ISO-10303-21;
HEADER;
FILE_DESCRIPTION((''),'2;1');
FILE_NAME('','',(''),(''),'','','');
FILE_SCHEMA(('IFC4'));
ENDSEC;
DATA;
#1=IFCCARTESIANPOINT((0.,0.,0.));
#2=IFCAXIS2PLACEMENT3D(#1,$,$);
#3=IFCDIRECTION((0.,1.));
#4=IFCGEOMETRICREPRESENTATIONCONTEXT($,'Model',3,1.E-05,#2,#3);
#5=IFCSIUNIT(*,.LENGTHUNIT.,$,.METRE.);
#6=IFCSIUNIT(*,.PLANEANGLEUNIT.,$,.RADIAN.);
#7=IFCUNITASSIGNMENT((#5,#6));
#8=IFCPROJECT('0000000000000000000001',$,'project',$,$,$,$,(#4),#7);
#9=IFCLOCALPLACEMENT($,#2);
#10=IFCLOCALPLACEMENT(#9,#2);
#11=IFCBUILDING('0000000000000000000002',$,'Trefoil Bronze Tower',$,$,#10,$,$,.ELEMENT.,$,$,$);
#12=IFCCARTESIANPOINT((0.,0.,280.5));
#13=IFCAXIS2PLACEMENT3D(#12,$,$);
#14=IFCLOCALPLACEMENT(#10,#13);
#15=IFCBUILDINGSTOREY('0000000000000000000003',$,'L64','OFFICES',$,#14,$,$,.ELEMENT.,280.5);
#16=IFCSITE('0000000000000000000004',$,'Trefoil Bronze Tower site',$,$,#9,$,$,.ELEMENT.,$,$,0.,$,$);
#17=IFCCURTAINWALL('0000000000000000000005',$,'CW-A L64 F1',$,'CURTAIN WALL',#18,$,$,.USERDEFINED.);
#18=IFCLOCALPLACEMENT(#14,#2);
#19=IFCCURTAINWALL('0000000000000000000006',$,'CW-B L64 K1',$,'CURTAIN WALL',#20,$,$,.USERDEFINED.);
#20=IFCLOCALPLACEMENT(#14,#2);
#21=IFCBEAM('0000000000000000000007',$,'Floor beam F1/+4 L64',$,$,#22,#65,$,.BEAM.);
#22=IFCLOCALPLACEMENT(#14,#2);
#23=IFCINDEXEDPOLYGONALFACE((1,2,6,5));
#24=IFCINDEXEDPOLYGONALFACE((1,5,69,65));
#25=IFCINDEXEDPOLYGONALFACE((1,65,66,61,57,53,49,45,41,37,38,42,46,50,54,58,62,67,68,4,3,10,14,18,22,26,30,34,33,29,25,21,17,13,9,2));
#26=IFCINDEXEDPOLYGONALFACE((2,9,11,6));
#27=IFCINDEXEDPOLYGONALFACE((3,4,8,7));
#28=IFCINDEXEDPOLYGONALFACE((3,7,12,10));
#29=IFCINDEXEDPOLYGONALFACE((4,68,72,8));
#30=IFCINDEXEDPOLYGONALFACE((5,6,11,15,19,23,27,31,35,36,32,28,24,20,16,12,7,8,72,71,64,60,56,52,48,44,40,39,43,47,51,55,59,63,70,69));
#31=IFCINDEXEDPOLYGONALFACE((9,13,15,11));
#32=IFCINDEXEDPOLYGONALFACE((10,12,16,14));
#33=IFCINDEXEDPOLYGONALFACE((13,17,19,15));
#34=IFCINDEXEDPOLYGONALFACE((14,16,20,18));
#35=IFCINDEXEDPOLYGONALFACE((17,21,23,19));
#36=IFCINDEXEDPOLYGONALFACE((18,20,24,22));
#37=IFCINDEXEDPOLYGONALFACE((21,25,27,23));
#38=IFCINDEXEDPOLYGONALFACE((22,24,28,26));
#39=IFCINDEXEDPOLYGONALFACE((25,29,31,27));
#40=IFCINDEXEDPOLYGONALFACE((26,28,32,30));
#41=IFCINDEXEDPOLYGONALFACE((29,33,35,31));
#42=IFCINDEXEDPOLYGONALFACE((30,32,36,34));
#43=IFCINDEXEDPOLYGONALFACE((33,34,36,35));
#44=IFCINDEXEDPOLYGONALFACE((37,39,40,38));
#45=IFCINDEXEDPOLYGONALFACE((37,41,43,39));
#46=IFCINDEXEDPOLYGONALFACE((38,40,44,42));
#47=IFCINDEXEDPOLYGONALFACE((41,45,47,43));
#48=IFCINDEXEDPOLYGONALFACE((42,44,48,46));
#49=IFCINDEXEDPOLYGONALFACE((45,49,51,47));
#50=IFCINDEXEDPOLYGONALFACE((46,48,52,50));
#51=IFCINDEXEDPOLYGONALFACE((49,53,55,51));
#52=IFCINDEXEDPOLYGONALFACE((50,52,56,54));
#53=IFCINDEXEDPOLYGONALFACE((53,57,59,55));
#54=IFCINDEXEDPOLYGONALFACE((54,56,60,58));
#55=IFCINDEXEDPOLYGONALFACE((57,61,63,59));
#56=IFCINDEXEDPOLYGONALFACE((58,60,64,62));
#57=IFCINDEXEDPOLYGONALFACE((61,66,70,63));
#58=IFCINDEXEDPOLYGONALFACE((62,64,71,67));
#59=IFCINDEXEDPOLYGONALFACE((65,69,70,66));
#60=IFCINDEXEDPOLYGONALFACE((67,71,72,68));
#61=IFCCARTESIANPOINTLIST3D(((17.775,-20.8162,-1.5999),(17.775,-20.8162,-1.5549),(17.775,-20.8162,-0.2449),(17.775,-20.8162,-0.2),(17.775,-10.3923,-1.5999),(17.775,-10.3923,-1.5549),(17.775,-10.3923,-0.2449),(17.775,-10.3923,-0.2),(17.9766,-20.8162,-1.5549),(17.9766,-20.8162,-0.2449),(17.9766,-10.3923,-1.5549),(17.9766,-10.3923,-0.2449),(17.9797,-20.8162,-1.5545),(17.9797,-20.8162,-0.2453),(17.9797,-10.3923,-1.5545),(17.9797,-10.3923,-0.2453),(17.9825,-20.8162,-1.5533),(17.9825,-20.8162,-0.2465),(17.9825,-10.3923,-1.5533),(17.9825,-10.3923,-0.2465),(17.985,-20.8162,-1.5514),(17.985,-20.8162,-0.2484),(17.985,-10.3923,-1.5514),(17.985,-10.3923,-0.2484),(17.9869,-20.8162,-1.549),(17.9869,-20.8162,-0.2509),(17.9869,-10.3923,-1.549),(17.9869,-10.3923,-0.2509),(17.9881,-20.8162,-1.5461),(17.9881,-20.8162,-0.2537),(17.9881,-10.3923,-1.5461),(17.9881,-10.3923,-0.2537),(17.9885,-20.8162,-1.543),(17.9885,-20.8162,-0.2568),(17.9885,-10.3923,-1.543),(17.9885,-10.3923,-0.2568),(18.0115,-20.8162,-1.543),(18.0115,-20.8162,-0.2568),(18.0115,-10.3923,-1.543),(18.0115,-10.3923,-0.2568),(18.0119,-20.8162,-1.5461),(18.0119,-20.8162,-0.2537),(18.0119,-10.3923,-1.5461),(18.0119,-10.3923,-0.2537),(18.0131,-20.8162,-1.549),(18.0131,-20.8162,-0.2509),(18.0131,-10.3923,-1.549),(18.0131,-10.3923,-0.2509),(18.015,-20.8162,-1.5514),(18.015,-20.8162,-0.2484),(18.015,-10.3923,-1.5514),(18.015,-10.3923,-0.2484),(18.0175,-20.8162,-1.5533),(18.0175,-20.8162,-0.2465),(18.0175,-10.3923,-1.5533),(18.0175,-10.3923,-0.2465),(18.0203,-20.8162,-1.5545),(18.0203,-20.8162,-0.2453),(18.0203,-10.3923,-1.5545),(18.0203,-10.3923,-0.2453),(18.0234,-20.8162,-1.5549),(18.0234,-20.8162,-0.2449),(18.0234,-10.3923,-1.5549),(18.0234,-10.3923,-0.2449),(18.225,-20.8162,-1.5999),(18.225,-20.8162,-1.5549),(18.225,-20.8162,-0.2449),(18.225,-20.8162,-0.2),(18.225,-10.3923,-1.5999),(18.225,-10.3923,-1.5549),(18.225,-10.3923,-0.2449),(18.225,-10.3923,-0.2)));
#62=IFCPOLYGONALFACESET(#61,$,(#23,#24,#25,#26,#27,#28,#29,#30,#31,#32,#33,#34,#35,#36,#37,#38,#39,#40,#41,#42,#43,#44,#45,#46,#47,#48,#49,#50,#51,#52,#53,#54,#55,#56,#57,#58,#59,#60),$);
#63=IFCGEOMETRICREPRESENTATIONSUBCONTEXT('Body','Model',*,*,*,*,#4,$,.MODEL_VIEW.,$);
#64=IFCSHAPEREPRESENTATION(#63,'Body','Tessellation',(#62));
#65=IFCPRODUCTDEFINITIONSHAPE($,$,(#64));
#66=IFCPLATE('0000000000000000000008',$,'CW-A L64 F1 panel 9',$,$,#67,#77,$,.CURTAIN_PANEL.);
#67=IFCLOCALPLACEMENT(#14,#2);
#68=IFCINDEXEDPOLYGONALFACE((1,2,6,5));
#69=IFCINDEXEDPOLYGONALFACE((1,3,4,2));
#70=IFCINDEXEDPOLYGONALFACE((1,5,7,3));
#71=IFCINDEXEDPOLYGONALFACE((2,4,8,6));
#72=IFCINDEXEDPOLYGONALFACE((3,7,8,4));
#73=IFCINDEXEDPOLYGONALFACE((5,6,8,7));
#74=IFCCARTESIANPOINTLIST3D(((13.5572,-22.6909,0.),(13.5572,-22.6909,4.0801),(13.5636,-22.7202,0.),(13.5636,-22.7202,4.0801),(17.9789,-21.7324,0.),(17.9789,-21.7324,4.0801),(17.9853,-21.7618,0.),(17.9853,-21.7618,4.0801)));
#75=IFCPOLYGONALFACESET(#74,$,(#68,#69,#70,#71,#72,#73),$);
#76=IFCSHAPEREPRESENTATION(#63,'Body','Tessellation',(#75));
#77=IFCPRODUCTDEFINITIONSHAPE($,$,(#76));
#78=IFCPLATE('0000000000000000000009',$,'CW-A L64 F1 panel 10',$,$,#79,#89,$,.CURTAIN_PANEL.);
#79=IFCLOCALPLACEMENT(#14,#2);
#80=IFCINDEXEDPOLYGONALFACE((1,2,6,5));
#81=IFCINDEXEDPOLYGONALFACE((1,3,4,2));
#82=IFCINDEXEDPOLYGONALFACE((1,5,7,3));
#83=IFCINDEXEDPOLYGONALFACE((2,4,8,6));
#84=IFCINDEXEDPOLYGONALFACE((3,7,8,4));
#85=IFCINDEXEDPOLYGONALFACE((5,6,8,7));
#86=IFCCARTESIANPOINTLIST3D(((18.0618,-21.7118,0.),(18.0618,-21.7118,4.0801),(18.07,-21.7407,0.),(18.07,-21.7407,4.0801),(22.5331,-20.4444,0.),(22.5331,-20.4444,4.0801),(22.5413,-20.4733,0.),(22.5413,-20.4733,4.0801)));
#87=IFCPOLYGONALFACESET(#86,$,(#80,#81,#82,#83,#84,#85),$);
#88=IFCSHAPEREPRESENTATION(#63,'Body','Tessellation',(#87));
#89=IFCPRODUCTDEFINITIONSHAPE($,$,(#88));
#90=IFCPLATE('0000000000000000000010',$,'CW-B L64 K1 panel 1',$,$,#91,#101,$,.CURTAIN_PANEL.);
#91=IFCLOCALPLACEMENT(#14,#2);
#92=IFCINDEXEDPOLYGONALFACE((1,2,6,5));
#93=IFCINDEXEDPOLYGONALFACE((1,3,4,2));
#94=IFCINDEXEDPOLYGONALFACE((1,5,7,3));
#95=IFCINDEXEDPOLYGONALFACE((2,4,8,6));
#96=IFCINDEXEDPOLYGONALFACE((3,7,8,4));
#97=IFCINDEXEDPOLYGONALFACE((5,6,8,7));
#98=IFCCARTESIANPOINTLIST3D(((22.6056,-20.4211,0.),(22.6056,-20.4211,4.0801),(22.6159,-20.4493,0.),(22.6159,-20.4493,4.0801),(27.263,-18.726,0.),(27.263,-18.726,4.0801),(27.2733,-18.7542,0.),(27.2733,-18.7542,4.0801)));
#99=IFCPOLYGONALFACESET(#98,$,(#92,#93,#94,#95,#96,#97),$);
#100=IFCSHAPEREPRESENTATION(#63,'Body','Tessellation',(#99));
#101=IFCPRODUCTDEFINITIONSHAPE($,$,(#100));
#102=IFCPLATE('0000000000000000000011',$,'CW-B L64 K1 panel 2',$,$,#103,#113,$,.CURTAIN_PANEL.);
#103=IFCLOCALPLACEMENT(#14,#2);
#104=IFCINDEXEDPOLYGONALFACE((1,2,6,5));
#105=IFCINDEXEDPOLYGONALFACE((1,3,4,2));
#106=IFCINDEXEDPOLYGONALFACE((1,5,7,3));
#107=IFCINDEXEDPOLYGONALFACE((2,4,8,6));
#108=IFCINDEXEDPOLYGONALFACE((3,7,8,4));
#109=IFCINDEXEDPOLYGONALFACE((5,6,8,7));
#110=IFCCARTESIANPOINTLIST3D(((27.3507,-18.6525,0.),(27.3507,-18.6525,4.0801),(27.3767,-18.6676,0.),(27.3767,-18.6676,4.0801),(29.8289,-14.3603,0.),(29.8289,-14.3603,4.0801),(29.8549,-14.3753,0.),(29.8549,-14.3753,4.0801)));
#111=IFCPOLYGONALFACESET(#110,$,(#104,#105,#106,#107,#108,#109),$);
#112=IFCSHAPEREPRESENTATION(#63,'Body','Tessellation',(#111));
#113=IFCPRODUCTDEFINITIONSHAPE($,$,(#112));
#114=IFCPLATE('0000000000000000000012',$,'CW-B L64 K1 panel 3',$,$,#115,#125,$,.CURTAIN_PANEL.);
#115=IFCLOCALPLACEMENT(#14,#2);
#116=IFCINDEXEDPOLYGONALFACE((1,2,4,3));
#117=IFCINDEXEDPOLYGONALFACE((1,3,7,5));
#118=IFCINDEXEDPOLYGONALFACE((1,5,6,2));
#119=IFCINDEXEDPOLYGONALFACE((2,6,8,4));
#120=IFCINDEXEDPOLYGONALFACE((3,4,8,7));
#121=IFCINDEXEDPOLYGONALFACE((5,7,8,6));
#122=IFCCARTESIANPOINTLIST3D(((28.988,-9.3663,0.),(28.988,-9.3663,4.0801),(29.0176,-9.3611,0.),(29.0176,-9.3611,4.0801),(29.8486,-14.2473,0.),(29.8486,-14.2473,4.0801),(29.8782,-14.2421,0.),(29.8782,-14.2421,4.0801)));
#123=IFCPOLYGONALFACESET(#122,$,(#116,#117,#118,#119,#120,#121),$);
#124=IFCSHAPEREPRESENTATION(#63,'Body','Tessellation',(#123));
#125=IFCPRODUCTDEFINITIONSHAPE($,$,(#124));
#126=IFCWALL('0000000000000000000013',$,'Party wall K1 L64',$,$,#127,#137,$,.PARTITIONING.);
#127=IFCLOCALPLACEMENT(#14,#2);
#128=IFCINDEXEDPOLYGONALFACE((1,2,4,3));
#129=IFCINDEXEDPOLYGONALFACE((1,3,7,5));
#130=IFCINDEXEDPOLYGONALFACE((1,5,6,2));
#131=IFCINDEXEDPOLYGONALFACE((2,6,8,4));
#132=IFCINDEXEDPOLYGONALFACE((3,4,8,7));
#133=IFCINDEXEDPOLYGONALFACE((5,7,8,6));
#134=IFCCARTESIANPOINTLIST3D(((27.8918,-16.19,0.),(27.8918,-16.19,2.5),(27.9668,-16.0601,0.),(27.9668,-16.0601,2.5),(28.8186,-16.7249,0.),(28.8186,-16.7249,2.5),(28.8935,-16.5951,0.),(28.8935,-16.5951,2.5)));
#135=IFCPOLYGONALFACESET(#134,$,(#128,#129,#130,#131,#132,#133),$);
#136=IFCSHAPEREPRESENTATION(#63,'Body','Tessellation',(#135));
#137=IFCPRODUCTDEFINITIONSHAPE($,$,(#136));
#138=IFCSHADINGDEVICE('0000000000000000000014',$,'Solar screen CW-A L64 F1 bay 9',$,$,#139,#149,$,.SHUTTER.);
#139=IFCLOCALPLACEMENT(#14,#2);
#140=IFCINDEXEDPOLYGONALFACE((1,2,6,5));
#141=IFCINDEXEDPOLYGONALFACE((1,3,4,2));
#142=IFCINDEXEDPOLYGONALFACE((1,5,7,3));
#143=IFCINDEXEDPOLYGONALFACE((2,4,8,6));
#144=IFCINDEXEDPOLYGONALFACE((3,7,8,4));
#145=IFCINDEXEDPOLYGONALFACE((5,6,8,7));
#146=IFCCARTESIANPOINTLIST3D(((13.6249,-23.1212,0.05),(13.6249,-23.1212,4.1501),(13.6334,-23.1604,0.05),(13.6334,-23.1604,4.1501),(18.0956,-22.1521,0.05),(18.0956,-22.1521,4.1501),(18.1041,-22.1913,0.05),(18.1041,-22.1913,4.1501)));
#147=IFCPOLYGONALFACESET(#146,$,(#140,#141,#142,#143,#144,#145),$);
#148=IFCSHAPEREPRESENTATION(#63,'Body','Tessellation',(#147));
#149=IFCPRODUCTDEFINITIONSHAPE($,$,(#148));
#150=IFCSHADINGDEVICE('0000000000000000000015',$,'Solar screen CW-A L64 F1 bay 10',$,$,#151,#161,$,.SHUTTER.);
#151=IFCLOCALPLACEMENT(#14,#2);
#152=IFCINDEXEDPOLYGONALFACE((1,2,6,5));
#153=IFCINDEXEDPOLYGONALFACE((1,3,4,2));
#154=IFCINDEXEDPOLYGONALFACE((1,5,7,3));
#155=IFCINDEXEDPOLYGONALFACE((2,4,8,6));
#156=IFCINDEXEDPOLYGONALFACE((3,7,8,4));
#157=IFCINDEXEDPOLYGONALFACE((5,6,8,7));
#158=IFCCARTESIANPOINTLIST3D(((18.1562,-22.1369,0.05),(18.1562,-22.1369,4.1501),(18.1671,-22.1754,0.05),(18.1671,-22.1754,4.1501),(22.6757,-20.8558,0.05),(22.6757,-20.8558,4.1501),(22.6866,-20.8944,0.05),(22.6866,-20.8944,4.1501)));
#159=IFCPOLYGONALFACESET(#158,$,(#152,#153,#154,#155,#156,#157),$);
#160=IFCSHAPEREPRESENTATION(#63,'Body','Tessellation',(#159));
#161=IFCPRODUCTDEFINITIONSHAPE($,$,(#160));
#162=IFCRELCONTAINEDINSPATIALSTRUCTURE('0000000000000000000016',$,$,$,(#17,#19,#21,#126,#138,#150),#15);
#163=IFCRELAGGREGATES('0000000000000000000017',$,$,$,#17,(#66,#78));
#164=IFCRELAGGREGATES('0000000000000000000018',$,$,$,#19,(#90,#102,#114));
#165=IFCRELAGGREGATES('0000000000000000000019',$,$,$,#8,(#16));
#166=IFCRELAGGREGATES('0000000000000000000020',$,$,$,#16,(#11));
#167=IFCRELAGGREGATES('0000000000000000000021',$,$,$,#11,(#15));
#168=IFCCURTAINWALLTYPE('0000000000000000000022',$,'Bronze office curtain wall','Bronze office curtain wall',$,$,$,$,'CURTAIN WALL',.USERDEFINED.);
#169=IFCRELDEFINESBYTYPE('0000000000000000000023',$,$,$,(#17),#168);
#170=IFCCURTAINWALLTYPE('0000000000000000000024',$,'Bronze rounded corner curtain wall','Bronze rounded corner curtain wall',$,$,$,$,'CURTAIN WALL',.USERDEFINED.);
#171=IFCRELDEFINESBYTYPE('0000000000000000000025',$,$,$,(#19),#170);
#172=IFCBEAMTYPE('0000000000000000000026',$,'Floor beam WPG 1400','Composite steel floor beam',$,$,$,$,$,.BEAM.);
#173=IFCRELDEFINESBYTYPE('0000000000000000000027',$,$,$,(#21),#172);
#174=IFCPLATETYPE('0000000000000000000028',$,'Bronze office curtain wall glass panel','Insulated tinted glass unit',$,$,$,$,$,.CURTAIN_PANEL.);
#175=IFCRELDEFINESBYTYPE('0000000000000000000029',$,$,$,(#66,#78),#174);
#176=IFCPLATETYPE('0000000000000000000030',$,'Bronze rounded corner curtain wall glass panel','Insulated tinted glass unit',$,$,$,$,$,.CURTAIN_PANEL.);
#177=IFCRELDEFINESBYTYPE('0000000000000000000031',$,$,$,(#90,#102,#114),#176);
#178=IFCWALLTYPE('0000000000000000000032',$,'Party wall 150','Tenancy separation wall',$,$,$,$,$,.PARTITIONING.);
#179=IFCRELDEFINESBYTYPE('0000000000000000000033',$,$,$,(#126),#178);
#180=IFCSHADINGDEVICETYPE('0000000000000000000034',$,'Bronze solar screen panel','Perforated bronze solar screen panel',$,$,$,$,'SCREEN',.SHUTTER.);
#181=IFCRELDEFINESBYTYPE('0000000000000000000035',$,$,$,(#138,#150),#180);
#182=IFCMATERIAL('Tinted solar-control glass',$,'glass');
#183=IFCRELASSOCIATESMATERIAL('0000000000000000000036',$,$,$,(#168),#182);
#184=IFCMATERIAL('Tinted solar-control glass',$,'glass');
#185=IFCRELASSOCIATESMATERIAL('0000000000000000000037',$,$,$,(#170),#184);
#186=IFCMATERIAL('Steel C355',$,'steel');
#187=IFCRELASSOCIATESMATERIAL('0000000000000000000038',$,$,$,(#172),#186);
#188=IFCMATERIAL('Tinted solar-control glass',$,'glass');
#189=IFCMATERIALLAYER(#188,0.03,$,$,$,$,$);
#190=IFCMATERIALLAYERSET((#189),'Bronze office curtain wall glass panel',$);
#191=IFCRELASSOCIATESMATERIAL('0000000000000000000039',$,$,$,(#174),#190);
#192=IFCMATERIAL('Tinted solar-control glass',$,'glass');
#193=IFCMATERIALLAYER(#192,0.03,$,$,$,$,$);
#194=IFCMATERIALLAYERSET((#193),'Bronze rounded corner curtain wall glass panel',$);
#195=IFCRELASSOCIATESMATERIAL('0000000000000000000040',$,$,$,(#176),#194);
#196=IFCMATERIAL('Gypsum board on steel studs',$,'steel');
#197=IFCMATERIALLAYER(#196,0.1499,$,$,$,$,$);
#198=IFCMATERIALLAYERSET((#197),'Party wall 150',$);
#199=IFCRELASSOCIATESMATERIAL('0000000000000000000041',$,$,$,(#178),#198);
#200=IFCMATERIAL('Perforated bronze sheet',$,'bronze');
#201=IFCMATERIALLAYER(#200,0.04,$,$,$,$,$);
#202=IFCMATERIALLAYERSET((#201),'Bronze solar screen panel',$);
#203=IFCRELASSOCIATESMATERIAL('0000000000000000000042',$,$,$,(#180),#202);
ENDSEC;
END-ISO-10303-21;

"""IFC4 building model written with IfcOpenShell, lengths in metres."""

from ifc_helpers import new_model, si_unit, direction, frame, frame_2d, origin, origin_2d, place, context, subcontext, project, spatial, rectangle, i_section, extrude, material, layer, layer_set, material_profile, profile_set, type_object, element, aggregate, save


model = new_model("IFC4")

# Units and contexts
model_context = context("Model", 3, precision=1e-05, world=origin(), true_north=direction((0.0, 1.0)))
body_context = subcontext(model_context, "Body", "Model", "MODEL_VIEW")
ifc_project = project(units=[si_unit("LENGTHUNIT", "METRE"), si_unit("PLANEANGLEUNIT", "RADIAN")], contexts=[model_context])

# Site, building, storey
site_placement = place(None, origin())
site = spatial("IfcSite", under=ifc_project, at=site_placement, Name="Trefoil Bronze Tower site", CompositionType="ELEMENT", RefElevation=0.0)
building_placement = place(site_placement, origin())
building = spatial("IfcBuilding", under=site, at=building_placement, Name="Trefoil Bronze Tower", CompositionType="ELEMENT")
storey_placement = place(building_placement, frame((0.0, 0.0, 280.5)))
storey = spatial("IfcBuildingStorey", under=building, at=storey_placement, Name="L64", Description="OFFICES", CompositionType="ELEMENT", Elevation=280.5)

# Curtain walls
ifc_material_1 = material(Name="Tinted solar-control glass", Category="glass")
curtain_wall_type_1 = type_object("IfcCurtainWallType", Name="Bronze office curtain wall", Description="Bronze office curtain wall", ElementType="CURTAIN WALL", PredefinedType="USERDEFINED", material=ifc_material_1)
curtain_wall_1_placement = place(storey_placement, origin())
curtain_wall_1 = element("IfcCurtainWall", 1, at=curtain_wall_1_placement, inside=storey, type_object=curtain_wall_type_1, Name="CW-A L64 F1", ObjectType="CURTAIN WALL", PredefinedType="USERDEFINED")
ifc_material_2 = material(Name="Tinted solar-control glass", Category="glass")
curtain_wall_type_2 = type_object("IfcCurtainWallType", Name="Bronze rounded corner curtain wall", Description="Bronze rounded corner curtain wall", ElementType="CURTAIN WALL", PredefinedType="USERDEFINED", material=ifc_material_2)
curtain_wall_2_placement = place(storey_placement, origin())
curtain_wall_2 = element("IfcCurtainWall", 2, at=curtain_wall_2_placement, inside=storey, type_object=curtain_wall_type_2, Name="CW-B L64 K1", ObjectType="CURTAIN WALL", PredefinedType="USERDEFINED")

# Beam
ifc_material_3 = material(Name="Steel C355", Category="steel")
ifc_material_profile_1 = material_profile(ifc_material_3, i_section(OverallWidth=0.45, OverallDepth=1.3999, WebThickness=0.0229, FlangeThickness=0.0449, FilletRadius=0.012, at=origin_2d()), Name="WPG 1400")
ifc_profile_set_1 = profile_set([ifc_material_profile_1], Name="Steel C355")
beam_type_1 = type_object("IfcBeamType", Name="Floor beam WPG 1400", Description="Composite steel floor beam", PredefinedType="BEAM", material=ifc_profile_set_1)
beam_1_placement = place(storey_placement, frame((18.0, -20.8162, -0.8999), z_axis=(0.0, 1.0, 0.0), x_axis=(-1.0, 0.0, 0.0)))
element("IfcBeam", 3, at=beam_1_placement, inside=storey, type_object=beam_type_1, Name="Floor beam F1/+4 L64", PredefinedType="BEAM", context=body_context, shape_type="SweptSolid", body=[
    extrude(i_section(OverallWidth=0.45, OverallDepth=1.3999, WebThickness=0.0229, FlangeThickness=0.0449, FilletRadius=0.012, at=origin_2d()), origin(), (0.0, 0.0, 1.0), 10.4238),
])

# Plates
ifc_material_4 = material(Name="Tinted solar-control glass", Category="glass")
ifc_layer_1 = layer(ifc_material_4, 0.03)
ifc_layer_set_1 = layer_set([ifc_layer_1], Name="Bronze office curtain wall glass panel")
plate_type_1 = type_object("IfcPlateType", Name="Bronze office curtain wall glass panel", Description="Insulated tinted glass unit", PredefinedType="CURTAIN_PANEL", material=ifc_layer_set_1)
plate_1_placement = place(storey_placement, frame((15.7712, -22.2263, 0.0), z_axis=(0.0, 0.0, 1.0), x_axis=(0.977303, 0.211846, 0.0)))
plate_1 = element("IfcPlate", 4, at=plate_1_placement, type_object=plate_type_1, Name="CW-A L64 F1 panel 9", PredefinedType="CURTAIN_PANEL", context=body_context, shape_type="SweptSolid", body=[
    extrude(rectangle(XDim=4.5244, YDim=0.03, at=origin_2d()), origin(), (0.0, 0.0, 1.0), 4.0801),
])
plate_2_placement = place(storey_placement, frame((20.3015, -21.0925, 0.0), z_axis=(0.0, 0.0, 1.0), x_axis=(0.962098, 0.272705, 0.0)))
plate_2 = element("IfcPlate", 5, at=plate_2_placement, type_object=plate_type_1, Name="CW-A L64 F1 panel 10", PredefinedType="CURTAIN_PANEL", context=body_context, shape_type="SweptSolid", body=[
    extrude(rectangle(XDim=4.6475, YDim=0.03, at=origin_2d()), origin(), (0.0, 0.0, 1.0), 4.0801),
])
aggregate(curtain_wall_1, [plate_1, plate_2])
ifc_material_5 = material(Name="Tinted solar-control glass", Category="glass")
ifc_layer_2 = layer(ifc_material_5, 0.03)
ifc_layer_set_2 = layer_set([ifc_layer_2], Name="Bronze rounded corner curtain wall glass panel")
plate_type_2 = type_object("IfcPlateType", Name="Bronze rounded corner curtain wall glass panel", Description="Insulated tinted glass unit", PredefinedType="CURTAIN_PANEL", material=ifc_layer_set_2)
plate_3_placement = place(storey_placement, frame((24.9395, -19.5876, 0.0), z_axis=(0.0, 0.0, 1.0), x_axis=(0.939693, 0.34202, 0.0)))
plate_3 = element("IfcPlate", 6, at=plate_3_placement, type_object=plate_type_2, Name="CW-B L64 K1 panel 1", PredefinedType="CURTAIN_PANEL", context=body_context, shape_type="SweptSolid", body=[
    extrude(rectangle(XDim=4.9563, YDim=0.03, at=origin_2d()), origin(), (0.0, 0.0, 1.0), 4.0801),
])
plate_4_placement = place(storey_placement, frame((28.6028, -16.5139, 0.0), z_axis=(0.0, 0.0, 1.0), x_axis=(0.5, 0.866025, 0.0)))
plate_4 = element("IfcPlate", 7, at=plate_4_placement, type_object=plate_type_2, Name="CW-B L64 K1 panel 2", PredefinedType="CURTAIN_PANEL", context=body_context, shape_type="SweptSolid", body=[
    extrude(rectangle(XDim=4.9563, YDim=0.03, at=origin_2d()), origin(), (0.0, 0.0, 1.0), 4.0801),
])
plate_5_placement = place(storey_placement, frame((29.4331, -11.8042, 0.0), z_axis=(0.0, 0.0, 1.0), x_axis=(-0.173648, 0.984808, 0.0)))
plate_5 = element("IfcPlate", 8, at=plate_5_placement, type_object=plate_type_2, Name="CW-B L64 K1 panel 3", PredefinedType="CURTAIN_PANEL", context=body_context, shape_type="SweptSolid", body=[
    extrude(rectangle(XDim=4.9563, YDim=0.03, at=origin_2d()), origin(), (0.0, 0.0, 1.0), 4.0801),
])
aggregate(curtain_wall_2, [plate_3, plate_4, plate_5])

# Wall
ifc_material_6 = material(Name="Gypsum board on steel studs", Category="steel")
ifc_layer_3 = layer(ifc_material_6, 0.1499)
ifc_layer_set_3 = layer_set([ifc_layer_3], Name="Party wall 150")
wall_type = type_object("IfcWallType", Name="Party wall 150", Description="Tenancy separation wall", PredefinedType="PARTITIONING", material=ifc_layer_set_3)
wall_placement = place(storey_placement, frame((27.9292, -16.125, 0.0), z_axis=(0.0, 0.0, 1.0), x_axis=(0.866087, -0.499894, 0.0)))
element("IfcWall", 9, at=wall_placement, inside=storey, type_object=wall_type, Name="Party wall K1 L64", PredefinedType="PARTITIONING", context=body_context, shape_type="SweptSolid", body=[
    extrude(rectangle(XDim=1.0701, YDim=0.1499, at=frame_2d((0.5352, 0.0))), origin(), (0.0, 0.0, 1.0), 2.5),
])

# Shading devices
ifc_material_7 = material(Name="Perforated bronze sheet", Category="bronze")
ifc_layer_4 = layer(ifc_material_7, 0.04)
ifc_layer_set_4 = layer_set([ifc_layer_4], Name="Bronze solar screen panel")
shading_device_type = type_object("IfcShadingDeviceType", Name="Bronze solar screen panel", Description="Perforated bronze solar screen panel", ElementType="SCREEN", PredefinedType="SHUTTER", material=ifc_layer_set_4)
shading_device_1_placement = place(storey_placement, frame((15.8645, -22.6562, 0.05), z_axis=(0.0, 0.0, 1.0), x_axis=(0.977303, 0.211846, 0.0)))
element("IfcShadingDevice", 10, at=shading_device_1_placement, inside=storey, type_object=shading_device_type, Name="Solar screen CW-A L64 F1 bay 9", PredefinedType="SHUTTER", context=body_context, shape_type="SweptSolid", body=[
    extrude(rectangle(XDim=4.5745, YDim=0.04, at=origin_2d()), origin(), (0.0, 0.0, 1.0), 4.1001),
])
shading_device_2_placement = place(storey_placement, frame((20.4214, -21.5156, 0.05), z_axis=(0.0, 0.0, 1.0), x_axis=(0.962098, 0.272705, 0.0)))
element("IfcShadingDevice", 11, at=shading_device_2_placement, inside=storey, type_object=shading_device_type, Name="Solar screen CW-A L64 F1 bay 10", PredefinedType="SHUTTER", context=body_context, shape_type="SweptSolid", body=[
    extrude(rectangle(XDim=4.6975, YDim=0.04, at=origin_2d()), origin(), (0.0, 0.0, 1.0), 4.1001),
])

save(model, "model.ifc")
